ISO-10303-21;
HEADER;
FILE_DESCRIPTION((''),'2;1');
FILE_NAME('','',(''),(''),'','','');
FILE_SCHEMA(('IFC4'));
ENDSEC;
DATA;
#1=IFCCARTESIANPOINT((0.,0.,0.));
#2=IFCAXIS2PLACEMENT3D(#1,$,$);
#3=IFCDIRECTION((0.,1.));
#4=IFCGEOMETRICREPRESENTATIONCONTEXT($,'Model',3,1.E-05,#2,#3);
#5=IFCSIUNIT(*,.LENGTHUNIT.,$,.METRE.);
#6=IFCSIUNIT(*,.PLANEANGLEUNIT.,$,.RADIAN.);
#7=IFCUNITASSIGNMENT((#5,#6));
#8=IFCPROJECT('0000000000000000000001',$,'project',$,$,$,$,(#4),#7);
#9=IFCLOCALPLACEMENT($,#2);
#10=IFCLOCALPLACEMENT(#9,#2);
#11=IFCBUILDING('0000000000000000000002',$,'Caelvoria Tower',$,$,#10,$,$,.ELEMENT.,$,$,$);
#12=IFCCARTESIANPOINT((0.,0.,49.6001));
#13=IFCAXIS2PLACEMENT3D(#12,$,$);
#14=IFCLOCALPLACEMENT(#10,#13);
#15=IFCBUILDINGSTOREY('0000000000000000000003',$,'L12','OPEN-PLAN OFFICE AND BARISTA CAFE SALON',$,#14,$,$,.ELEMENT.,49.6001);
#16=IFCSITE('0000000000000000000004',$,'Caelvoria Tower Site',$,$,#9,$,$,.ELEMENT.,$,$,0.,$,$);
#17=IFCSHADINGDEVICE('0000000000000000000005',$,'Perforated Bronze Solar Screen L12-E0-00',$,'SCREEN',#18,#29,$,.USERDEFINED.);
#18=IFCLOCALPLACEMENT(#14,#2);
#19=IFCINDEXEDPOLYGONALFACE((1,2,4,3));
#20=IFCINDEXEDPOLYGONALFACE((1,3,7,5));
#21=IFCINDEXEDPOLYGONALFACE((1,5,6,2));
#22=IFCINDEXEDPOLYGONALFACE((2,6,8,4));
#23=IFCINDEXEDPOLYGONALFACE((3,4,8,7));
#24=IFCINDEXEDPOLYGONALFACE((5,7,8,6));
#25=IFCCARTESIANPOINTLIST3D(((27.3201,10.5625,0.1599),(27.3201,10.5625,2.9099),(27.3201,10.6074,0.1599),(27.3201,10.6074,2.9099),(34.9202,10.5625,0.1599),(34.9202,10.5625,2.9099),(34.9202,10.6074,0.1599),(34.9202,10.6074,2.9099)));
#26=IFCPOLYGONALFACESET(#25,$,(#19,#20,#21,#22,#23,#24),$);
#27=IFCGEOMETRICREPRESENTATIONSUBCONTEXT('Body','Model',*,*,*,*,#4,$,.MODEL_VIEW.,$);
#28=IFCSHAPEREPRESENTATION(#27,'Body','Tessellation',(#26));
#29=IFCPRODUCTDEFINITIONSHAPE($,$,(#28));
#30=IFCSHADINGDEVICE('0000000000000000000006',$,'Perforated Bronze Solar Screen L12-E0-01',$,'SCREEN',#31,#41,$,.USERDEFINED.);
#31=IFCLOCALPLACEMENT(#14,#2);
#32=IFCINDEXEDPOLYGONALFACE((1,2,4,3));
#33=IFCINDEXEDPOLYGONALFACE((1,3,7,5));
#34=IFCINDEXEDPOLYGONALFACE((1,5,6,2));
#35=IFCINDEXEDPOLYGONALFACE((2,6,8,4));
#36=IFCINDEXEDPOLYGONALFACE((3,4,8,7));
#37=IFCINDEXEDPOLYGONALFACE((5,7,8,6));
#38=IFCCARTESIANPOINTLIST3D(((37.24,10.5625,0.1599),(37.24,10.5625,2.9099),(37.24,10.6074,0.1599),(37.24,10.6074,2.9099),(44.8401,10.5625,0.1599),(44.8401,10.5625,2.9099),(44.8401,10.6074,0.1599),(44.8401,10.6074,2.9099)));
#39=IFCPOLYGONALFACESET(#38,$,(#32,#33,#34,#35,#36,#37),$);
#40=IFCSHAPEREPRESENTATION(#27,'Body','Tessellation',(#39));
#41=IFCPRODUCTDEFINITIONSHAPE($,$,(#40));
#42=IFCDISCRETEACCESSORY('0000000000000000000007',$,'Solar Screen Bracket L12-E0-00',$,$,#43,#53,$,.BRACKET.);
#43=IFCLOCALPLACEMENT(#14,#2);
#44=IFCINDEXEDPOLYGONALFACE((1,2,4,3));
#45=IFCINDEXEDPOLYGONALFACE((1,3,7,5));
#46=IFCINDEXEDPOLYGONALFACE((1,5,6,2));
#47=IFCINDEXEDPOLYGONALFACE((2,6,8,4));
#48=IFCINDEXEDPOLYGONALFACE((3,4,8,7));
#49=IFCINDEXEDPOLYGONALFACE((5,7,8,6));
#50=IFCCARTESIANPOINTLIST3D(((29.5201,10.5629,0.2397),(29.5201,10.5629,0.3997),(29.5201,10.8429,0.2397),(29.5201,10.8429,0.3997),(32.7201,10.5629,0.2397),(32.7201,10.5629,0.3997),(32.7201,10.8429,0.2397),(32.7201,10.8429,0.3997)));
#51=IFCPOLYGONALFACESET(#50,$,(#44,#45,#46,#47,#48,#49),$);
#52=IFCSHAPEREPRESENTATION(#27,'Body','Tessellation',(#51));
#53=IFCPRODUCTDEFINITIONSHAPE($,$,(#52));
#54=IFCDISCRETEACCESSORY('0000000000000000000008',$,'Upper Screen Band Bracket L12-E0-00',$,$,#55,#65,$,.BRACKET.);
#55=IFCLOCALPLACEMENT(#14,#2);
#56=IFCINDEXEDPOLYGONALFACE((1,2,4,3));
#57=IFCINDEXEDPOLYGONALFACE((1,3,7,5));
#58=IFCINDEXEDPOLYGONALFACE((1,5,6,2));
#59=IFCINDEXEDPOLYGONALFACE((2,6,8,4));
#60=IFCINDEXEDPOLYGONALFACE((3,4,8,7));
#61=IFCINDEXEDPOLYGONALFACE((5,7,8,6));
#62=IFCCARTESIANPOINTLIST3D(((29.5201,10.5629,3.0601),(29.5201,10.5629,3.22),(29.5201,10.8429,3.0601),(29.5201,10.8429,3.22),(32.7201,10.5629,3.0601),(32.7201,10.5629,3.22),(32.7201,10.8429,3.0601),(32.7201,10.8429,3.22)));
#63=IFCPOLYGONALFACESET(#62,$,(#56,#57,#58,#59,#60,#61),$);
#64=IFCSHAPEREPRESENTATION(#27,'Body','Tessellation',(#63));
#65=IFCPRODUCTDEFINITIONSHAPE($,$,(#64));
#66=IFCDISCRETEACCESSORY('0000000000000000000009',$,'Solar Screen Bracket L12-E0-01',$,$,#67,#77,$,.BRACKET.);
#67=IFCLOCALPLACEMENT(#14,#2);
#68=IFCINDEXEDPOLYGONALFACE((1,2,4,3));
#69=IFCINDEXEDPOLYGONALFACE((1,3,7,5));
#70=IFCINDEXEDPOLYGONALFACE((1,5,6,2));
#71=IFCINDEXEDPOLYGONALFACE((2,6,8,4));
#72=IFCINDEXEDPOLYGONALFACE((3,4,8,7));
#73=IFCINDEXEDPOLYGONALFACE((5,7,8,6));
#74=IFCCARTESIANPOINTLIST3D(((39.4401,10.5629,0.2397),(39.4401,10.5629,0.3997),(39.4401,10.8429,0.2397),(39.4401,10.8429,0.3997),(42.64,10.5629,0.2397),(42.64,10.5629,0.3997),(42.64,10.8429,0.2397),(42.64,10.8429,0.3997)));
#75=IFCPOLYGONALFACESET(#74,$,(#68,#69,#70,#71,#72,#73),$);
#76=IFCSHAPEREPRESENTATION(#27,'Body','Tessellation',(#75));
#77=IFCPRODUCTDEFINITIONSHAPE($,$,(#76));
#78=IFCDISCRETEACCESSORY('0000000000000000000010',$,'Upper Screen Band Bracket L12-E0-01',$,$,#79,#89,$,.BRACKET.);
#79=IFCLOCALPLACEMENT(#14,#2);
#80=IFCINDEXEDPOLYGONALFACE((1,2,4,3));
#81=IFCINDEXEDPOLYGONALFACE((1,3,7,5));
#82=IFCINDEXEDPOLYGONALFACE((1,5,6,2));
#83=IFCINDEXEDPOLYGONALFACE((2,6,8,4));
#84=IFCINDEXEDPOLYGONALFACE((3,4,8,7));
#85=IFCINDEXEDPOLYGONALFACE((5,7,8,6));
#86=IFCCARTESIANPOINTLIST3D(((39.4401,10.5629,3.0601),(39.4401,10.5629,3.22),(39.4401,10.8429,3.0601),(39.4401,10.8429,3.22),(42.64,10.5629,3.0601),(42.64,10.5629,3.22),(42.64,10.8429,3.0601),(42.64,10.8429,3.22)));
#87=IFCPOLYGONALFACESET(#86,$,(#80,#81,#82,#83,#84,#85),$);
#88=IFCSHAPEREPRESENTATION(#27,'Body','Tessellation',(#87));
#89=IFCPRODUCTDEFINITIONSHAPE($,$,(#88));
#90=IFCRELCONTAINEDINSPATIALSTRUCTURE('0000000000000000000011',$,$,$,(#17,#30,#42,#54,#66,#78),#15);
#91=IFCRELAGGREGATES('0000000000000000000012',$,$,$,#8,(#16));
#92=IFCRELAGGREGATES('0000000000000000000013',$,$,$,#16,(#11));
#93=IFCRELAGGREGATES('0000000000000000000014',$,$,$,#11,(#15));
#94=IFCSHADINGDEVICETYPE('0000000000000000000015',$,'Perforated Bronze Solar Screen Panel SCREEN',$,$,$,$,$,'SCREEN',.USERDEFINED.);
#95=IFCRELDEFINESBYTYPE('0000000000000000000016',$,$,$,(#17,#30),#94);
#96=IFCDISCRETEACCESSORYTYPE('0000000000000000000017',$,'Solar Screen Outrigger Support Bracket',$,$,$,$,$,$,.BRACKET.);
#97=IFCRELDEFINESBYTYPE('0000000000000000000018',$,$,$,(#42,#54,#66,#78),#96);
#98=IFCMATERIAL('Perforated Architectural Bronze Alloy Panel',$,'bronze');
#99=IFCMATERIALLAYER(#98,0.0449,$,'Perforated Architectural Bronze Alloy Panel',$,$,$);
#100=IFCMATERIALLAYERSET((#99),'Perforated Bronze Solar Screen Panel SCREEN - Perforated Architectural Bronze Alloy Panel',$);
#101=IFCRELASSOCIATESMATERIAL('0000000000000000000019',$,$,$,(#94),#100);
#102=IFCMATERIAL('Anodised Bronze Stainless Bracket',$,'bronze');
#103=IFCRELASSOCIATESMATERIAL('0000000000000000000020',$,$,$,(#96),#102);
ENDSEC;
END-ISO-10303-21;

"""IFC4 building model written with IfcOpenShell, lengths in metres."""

from ifc_helpers import new_model, si_unit, direction, frame, origin, origin_2d, place, context, subcontext, project, spatial, rectangle, extrude, material, layer, layer_set, type_object, element, save


model = new_model("IFC4")

# Units and contexts
model_context = context("Model", 3, precision=1e-05, world=origin(), true_north=direction((0.0, 1.0)))
body_context = subcontext(model_context, "Body", "Model", "MODEL_VIEW")
ifc_project = project(units=[si_unit("LENGTHUNIT", "METRE"), si_unit("PLANEANGLEUNIT", "RADIAN")], contexts=[model_context])

# Site, building, storey
site_placement = place(None, origin())
site = spatial("IfcSite", under=ifc_project, at=site_placement, Name="Caelvoria Tower Site", CompositionType="ELEMENT", RefElevation=0.0)
building_placement = place(site_placement, origin())
building = spatial("IfcBuilding", under=site, at=building_placement, Name="Caelvoria Tower", CompositionType="ELEMENT")
storey_placement = place(building_placement, frame((0.0, 0.0, 49.6001)))
storey = spatial("IfcBuildingStorey", under=building, at=storey_placement, Name="L12", Description="OPEN-PLAN OFFICE AND BARISTA CAFE SALON", CompositionType="ELEMENT", Elevation=49.6001)

# Shading devices
ifc_material_1 = material(Name="Perforated Architectural Bronze Alloy Panel", Category="bronze")
ifc_layer_1 = layer(ifc_material_1, 0.0449, Name="Perforated Architectural Bronze Alloy Panel")
ifc_layer_set_1 = layer_set([ifc_layer_1], Name="Perforated Bronze Solar Screen Panel SCREEN - Perforated Architectural Bronze Alloy Panel")
shading_device_type = type_object("IfcShadingDeviceType", Name="Perforated Bronze Solar Screen Panel SCREEN", ElementType="SCREEN", PredefinedType="USERDEFINED", material=ifc_layer_set_1)
for number, where, z_axis, x_axis, name in (
    (1, (31.1201, 10.585, 0.1599), (0.0, 0.0, 1.0), (1.0, 0.0, 0.0), "Perforated Bronze Solar Screen L12-E0-00"),
    (2, (41.04, 10.585, 0.1599), (0.0, 0.0, 1.0), (1.0, 0.0, 0.0), "Perforated Bronze Solar Screen L12-E0-01"),
):
    element("IfcShadingDevice", number, at=place(storey_placement, frame(where, z_axis=z_axis, x_axis=x_axis)), inside=storey, type_object=shading_device_type, Name=name, ObjectType="SCREEN", PredefinedType="USERDEFINED", context=body_context, shape_type="SweptSolid", body=[
        extrude(rectangle(XDim=7.6001, YDim=0.0449, at=origin_2d()), origin(), (0.0, 0.0, 1.0), 2.75),
    ])

# Discrete accessories
ifc_material_2 = material(Name="Anodised Bronze Stainless Bracket", Category="bronze")
discrete_accessory_type = type_object("IfcDiscreteAccessoryType", Name="Solar Screen Outrigger Support Bracket", PredefinedType="BRACKET", material=ifc_material_2)
for number, where, z_axis, x_axis, name in (
    (3, (31.1201, 10.7029, 0.2397), (0.0, 0.0, 1.0), (1.0, 0.0, 0.0), "Solar Screen Bracket L12-E0-00"),
    (4, (31.1201, 10.7029, 3.0601), (0.0, 0.0, 1.0), (1.0, 0.0, 0.0), "Upper Screen Band Bracket L12-E0-00"),
    (5, (41.04, 10.7029, 0.2397), (0.0, 0.0, 1.0), (1.0, 0.0, 0.0), "Solar Screen Bracket L12-E0-01"),
    (6, (41.04, 10.7029, 3.0601), (0.0, 0.0, 1.0), (1.0, 0.0, 0.0), "Upper Screen Band Bracket L12-E0-01"),
):
    element("IfcDiscreteAccessory", number, at=place(storey_placement, frame(where, z_axis=z_axis, x_axis=x_axis)), inside=storey, type_object=discrete_accessory_type, Name=name, PredefinedType="BRACKET", context=body_context, shape_type="SweptSolid", body=[
        extrude(rectangle(XDim=3.2, YDim=0.28, at=origin_2d()), origin(), (0.0, 0.0, 1.0), 0.1599),
    ])

save(model, "model.ifc")
